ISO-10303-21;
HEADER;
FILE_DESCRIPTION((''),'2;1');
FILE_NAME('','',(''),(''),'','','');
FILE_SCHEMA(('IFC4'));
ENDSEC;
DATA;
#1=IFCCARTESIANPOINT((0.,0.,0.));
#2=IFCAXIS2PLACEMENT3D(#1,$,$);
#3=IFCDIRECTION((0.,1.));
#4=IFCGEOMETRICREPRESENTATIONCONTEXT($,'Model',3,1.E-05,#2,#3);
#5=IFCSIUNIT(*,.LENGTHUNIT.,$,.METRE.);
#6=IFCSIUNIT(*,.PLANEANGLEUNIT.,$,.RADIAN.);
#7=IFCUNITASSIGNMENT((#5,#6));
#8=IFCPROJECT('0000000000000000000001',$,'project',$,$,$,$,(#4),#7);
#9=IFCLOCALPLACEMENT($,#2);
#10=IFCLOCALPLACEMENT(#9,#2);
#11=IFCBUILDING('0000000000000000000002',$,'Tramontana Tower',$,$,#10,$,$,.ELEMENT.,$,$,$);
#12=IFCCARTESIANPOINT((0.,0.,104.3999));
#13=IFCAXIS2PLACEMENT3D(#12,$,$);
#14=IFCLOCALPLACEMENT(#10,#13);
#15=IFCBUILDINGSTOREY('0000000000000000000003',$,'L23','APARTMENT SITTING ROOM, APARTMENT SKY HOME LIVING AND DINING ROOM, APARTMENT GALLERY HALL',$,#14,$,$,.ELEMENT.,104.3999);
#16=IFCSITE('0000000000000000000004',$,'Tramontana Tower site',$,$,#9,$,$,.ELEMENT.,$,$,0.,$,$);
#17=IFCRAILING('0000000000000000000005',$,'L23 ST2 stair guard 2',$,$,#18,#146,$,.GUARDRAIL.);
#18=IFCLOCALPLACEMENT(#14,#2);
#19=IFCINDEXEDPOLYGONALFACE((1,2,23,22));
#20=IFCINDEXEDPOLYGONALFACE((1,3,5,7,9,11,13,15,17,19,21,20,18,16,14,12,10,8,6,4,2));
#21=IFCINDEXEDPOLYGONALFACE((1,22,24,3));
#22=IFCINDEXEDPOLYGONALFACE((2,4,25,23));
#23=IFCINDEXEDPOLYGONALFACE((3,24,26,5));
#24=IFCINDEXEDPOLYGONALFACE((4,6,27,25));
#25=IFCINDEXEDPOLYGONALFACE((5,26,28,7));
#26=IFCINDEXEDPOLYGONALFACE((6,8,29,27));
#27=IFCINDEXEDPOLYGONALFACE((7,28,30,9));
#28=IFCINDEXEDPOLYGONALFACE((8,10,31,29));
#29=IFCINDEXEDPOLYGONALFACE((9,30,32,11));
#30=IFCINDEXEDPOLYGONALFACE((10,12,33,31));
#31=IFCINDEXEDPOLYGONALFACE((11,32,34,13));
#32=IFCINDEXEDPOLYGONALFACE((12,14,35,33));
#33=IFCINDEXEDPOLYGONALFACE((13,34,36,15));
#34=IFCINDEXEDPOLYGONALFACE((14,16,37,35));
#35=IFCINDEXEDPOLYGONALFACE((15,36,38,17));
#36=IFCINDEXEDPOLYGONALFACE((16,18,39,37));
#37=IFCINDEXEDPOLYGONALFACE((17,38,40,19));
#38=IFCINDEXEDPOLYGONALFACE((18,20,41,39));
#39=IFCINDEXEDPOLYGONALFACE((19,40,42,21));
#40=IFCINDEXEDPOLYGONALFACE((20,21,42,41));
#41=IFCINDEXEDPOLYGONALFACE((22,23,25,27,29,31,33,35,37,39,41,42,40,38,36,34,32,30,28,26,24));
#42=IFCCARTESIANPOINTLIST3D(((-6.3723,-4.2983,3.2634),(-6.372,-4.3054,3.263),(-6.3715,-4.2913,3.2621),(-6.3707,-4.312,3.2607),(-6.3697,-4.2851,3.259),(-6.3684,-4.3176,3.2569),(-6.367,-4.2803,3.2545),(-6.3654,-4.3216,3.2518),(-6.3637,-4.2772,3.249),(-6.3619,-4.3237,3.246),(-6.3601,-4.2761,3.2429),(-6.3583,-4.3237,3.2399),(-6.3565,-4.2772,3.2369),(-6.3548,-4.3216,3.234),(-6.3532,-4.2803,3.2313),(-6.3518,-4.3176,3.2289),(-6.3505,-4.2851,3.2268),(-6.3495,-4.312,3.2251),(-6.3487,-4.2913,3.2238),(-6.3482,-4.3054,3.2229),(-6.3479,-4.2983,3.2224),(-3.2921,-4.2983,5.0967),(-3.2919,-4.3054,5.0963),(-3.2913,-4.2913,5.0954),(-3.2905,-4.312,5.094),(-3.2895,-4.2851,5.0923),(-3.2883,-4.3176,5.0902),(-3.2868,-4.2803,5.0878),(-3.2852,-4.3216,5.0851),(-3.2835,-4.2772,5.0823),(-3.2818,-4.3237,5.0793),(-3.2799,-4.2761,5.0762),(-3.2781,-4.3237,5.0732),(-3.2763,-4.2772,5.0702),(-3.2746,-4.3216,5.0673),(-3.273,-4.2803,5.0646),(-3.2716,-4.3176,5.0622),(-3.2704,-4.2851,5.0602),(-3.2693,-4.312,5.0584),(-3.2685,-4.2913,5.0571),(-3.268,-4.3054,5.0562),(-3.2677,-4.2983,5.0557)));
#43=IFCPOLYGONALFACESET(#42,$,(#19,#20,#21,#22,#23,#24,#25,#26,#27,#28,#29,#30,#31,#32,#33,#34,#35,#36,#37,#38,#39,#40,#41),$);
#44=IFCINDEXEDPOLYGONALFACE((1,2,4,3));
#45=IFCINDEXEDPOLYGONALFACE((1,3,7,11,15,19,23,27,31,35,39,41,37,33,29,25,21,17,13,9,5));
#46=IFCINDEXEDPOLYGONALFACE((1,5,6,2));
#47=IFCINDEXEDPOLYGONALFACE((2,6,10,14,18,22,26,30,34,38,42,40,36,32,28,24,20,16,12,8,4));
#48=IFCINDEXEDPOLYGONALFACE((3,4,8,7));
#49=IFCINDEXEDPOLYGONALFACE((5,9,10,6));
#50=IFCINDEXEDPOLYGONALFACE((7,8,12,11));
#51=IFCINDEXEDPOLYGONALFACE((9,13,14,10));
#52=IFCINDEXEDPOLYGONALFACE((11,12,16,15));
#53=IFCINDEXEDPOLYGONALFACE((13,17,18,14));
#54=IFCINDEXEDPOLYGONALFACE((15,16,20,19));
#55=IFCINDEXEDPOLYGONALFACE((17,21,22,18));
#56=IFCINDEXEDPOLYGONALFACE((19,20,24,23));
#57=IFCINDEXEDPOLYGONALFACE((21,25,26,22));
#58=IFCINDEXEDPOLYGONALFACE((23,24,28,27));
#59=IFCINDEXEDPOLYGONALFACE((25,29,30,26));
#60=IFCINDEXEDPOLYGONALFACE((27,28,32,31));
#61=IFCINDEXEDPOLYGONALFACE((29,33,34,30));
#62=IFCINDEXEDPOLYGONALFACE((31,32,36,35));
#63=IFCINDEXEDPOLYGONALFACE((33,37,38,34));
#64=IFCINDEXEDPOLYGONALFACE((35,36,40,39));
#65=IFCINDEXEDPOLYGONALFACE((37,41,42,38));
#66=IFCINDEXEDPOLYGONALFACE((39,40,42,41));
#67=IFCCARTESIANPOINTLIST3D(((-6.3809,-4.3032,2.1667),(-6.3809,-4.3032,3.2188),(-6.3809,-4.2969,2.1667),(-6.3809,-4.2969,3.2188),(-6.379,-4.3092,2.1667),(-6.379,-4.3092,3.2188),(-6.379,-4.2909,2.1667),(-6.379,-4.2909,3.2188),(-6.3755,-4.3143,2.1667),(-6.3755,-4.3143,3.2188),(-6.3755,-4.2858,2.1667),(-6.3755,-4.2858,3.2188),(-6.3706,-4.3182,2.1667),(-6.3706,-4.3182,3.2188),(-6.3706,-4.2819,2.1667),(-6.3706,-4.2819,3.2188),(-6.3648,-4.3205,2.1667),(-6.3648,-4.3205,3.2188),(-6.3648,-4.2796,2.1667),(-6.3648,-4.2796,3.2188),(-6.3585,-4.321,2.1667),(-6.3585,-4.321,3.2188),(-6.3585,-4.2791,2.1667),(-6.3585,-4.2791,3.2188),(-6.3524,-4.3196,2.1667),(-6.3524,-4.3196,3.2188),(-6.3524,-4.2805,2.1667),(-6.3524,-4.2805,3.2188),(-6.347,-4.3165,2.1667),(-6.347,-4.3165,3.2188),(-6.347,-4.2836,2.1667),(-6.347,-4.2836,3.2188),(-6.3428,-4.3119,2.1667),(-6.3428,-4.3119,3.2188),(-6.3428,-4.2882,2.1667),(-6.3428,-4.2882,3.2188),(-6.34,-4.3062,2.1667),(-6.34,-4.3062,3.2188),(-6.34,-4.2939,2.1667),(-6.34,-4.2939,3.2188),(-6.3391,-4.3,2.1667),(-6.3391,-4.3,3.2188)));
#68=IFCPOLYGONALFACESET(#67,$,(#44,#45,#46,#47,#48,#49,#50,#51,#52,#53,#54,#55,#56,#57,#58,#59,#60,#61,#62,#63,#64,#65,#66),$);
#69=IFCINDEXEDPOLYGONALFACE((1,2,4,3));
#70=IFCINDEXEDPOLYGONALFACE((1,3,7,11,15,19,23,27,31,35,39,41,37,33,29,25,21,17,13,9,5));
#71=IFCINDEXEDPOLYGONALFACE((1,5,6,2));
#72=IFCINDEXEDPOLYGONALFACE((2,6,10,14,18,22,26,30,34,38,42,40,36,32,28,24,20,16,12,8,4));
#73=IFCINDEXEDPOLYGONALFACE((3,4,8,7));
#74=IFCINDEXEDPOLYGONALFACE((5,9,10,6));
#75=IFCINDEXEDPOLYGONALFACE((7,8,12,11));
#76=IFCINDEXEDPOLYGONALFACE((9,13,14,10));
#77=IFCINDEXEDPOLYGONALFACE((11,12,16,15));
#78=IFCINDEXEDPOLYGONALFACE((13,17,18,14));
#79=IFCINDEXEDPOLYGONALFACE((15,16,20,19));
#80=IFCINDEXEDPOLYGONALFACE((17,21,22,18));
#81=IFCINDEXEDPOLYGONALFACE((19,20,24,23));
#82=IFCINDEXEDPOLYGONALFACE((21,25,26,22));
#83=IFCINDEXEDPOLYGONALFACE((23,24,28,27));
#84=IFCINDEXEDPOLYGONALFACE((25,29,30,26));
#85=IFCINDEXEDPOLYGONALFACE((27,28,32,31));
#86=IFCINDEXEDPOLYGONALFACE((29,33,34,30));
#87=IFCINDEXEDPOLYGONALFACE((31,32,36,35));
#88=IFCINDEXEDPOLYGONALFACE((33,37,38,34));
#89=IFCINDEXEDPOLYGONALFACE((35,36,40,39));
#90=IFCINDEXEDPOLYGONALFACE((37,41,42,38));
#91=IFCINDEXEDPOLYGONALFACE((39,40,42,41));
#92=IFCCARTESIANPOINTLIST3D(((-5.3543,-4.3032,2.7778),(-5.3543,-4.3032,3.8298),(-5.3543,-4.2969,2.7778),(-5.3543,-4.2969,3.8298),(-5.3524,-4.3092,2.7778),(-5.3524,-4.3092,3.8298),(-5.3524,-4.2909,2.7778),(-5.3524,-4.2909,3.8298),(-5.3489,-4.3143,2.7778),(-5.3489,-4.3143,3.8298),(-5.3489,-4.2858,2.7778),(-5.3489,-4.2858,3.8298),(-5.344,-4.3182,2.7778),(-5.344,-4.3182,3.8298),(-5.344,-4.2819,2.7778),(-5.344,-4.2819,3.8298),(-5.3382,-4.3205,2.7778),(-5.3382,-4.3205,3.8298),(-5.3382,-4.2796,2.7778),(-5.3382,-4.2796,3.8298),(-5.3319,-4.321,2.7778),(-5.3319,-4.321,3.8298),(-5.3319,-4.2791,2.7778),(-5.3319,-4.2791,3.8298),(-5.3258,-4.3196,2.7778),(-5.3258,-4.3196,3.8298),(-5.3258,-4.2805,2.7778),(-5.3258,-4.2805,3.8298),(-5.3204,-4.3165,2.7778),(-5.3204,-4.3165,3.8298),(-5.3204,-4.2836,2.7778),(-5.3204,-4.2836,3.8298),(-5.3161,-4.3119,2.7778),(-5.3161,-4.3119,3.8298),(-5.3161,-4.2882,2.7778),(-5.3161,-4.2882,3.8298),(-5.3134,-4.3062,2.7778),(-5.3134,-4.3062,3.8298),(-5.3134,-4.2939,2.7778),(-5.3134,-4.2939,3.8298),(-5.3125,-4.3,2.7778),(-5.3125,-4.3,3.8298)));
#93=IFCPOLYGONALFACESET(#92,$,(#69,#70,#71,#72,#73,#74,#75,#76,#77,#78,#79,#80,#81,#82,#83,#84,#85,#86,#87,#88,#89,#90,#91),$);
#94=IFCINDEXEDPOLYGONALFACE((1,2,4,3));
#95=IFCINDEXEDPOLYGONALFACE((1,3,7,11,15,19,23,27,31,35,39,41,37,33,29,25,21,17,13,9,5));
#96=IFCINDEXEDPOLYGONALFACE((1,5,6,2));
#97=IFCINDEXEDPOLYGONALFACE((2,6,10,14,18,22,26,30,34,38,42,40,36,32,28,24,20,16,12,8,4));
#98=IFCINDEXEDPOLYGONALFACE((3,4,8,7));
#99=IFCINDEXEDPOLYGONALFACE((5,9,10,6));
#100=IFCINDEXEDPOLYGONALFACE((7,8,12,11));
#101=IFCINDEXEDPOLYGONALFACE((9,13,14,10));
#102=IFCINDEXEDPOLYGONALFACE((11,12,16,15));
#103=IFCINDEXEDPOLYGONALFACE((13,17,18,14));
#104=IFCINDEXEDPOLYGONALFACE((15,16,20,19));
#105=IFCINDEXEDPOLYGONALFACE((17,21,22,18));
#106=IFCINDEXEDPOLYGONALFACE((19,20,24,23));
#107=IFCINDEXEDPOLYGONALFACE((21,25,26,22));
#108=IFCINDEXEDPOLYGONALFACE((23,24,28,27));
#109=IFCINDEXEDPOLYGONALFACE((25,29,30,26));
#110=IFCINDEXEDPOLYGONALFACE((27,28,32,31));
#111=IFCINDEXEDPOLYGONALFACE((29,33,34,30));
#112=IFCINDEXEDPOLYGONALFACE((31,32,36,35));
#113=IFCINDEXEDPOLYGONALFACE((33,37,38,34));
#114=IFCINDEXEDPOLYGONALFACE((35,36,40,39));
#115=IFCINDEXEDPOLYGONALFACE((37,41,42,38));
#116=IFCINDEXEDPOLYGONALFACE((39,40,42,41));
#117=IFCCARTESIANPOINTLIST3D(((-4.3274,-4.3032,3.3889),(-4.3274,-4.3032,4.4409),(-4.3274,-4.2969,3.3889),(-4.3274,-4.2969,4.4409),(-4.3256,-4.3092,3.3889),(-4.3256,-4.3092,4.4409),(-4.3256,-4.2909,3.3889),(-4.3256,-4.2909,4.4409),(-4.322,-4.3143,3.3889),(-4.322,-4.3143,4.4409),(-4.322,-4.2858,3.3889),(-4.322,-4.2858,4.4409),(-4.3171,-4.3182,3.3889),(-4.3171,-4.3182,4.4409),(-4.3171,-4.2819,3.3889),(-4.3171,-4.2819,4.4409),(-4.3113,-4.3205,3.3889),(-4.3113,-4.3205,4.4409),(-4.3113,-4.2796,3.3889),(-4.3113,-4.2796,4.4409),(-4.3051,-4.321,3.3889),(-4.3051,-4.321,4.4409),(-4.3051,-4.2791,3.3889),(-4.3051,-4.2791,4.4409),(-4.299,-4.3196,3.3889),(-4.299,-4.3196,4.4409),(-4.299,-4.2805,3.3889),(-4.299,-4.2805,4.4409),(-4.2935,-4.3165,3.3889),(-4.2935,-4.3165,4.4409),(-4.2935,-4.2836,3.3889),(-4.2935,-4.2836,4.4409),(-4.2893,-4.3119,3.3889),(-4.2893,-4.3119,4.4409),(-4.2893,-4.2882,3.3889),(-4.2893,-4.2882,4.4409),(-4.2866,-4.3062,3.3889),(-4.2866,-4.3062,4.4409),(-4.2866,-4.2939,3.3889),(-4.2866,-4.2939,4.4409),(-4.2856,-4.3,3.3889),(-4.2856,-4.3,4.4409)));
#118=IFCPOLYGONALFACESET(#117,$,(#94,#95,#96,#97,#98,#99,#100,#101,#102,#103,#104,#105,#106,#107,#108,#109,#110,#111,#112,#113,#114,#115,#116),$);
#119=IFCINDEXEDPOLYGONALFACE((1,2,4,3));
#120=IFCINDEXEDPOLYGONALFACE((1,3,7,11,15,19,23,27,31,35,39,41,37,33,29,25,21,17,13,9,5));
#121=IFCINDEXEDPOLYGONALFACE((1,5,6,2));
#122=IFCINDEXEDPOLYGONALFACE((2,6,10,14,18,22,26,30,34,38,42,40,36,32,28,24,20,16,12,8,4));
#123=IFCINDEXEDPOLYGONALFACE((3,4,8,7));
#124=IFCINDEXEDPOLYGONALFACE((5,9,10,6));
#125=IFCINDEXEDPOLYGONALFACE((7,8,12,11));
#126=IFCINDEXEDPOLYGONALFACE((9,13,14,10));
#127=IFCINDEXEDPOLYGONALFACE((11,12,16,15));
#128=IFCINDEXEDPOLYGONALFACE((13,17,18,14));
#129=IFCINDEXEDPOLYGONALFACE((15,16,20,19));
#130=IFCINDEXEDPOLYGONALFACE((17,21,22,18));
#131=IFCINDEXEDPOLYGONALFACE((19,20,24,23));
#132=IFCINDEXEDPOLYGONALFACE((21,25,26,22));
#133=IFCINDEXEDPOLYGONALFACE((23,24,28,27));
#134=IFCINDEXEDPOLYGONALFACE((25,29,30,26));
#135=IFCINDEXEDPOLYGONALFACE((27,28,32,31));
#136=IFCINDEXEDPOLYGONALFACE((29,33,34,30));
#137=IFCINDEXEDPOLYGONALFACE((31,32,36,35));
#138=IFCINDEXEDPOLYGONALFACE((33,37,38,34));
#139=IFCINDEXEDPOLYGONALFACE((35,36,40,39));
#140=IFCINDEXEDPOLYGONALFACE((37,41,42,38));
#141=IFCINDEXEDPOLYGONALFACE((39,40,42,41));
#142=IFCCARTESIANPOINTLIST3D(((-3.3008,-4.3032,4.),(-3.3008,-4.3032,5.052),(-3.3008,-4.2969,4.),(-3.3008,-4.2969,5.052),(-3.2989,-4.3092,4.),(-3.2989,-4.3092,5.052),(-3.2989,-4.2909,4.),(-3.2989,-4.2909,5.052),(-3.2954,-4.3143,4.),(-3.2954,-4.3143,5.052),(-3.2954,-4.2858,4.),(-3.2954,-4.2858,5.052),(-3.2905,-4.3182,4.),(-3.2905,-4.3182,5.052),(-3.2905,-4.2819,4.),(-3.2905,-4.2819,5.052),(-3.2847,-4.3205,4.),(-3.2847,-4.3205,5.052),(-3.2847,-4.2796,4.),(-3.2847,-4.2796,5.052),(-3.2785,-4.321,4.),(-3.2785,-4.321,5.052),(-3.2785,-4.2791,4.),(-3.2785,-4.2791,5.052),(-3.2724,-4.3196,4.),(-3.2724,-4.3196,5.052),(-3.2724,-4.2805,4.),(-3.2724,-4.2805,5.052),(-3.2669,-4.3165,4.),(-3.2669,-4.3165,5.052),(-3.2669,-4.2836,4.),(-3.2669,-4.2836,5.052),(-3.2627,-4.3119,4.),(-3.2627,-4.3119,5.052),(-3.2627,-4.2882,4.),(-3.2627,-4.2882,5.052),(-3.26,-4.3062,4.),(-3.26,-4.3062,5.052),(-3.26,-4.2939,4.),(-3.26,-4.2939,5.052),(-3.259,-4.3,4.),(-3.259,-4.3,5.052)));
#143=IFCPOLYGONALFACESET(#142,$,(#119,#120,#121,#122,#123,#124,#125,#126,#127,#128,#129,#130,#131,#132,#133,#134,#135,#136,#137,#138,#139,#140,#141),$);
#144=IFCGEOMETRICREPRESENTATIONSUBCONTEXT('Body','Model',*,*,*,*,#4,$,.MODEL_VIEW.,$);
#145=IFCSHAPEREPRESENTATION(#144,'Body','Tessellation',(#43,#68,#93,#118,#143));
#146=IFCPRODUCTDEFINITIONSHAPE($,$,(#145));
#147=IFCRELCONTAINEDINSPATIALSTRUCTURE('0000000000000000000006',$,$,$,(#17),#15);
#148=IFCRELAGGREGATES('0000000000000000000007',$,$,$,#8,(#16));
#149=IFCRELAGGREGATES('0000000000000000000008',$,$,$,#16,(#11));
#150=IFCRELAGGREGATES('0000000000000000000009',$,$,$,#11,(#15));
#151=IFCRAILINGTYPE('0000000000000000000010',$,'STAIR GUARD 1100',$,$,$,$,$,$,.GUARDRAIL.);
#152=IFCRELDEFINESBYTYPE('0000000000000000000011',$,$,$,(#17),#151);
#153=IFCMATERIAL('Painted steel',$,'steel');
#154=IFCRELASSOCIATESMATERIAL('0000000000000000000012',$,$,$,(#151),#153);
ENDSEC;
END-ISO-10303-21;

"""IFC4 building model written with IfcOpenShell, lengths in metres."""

from ifc_helpers import new_model, si_unit, direction, frame, origin, origin_2d, place, context, subcontext, project, spatial, circle, extrude, material, type_object, element, save


model = new_model("IFC4")

# Units and contexts
model_context = context("Model", 3, precision=1e-05, world=origin(), true_north=direction((0.0, 1.0)))
body_context = subcontext(model_context, "Body", "Model", "MODEL_VIEW")
ifc_project = project(units=[si_unit("LENGTHUNIT", "METRE"), si_unit("PLANEANGLEUNIT", "RADIAN")], contexts=[model_context])

# Site, building, storey
site_placement = place(None, origin())
site = spatial("IfcSite", under=ifc_project, at=site_placement, Name="Tramontana Tower site", CompositionType="ELEMENT", RefElevation=0.0)
building_placement = place(site_placement, origin())
building = spatial("IfcBuilding", under=site, at=building_placement, Name="Tramontana Tower", CompositionType="ELEMENT")
storey_placement = place(building_placement, frame((0.0, 0.0, 104.3999)))
storey = spatial("IfcBuildingStorey", under=building, at=storey_placement, Name="L23", Description="APARTMENT SITTING ROOM, APARTMENT SKY HOME LIVING AND DINING ROOM, APARTMENT GALLERY HALL", CompositionType="ELEMENT", Elevation=104.3999)

# Railing
ifc_material_1 = material(Name="Painted steel", Category="steel")
railing_type_1 = type_object("IfcRailingType", Name="STAIR GUARD 1100", PredefinedType="GUARDRAIL", material=ifc_material_1)
railing_1_placement = place(storey_placement, frame((-6.3601, -4.3, 2.1667)))
element("IfcRailing", 1, at=railing_1_placement, inside=storey, type_object=railing_type_1, Name="L23 ST2 stair guard 2", PredefinedType="GUARDRAIL", context=body_context, shape_type="SweptSolid", body=[
    extrude(circle(Radius=0.0239, at=origin_2d()), frame((0.0, 0.0, 1.0762), z_axis=(0.859309, 0.0, 0.511458), x_axis=(0.0, 1.0, 0.0)), (0.0, 0.0, 1.0), 3.5845),
    extrude(circle(Radius=0.021, at=origin_2d()), origin(), (0.0, 0.0, 1.0), 1.052),
    extrude(circle(Radius=0.021, at=origin_2d()), frame((1.0266, 0.0, 0.6111)), (0.0, 0.0, 1.0), 1.052),
    extrude(circle(Radius=0.021, at=origin_2d()), frame((2.0535, 0.0, 1.2222)), (0.0, 0.0, 1.0), 1.052),
    extrude(circle(Radius=0.021, at=origin_2d()), frame((3.0801, 0.0, 1.8333)), (0.0, 0.0, 1.0), 1.052),
])

save(model, "model.ifc")
